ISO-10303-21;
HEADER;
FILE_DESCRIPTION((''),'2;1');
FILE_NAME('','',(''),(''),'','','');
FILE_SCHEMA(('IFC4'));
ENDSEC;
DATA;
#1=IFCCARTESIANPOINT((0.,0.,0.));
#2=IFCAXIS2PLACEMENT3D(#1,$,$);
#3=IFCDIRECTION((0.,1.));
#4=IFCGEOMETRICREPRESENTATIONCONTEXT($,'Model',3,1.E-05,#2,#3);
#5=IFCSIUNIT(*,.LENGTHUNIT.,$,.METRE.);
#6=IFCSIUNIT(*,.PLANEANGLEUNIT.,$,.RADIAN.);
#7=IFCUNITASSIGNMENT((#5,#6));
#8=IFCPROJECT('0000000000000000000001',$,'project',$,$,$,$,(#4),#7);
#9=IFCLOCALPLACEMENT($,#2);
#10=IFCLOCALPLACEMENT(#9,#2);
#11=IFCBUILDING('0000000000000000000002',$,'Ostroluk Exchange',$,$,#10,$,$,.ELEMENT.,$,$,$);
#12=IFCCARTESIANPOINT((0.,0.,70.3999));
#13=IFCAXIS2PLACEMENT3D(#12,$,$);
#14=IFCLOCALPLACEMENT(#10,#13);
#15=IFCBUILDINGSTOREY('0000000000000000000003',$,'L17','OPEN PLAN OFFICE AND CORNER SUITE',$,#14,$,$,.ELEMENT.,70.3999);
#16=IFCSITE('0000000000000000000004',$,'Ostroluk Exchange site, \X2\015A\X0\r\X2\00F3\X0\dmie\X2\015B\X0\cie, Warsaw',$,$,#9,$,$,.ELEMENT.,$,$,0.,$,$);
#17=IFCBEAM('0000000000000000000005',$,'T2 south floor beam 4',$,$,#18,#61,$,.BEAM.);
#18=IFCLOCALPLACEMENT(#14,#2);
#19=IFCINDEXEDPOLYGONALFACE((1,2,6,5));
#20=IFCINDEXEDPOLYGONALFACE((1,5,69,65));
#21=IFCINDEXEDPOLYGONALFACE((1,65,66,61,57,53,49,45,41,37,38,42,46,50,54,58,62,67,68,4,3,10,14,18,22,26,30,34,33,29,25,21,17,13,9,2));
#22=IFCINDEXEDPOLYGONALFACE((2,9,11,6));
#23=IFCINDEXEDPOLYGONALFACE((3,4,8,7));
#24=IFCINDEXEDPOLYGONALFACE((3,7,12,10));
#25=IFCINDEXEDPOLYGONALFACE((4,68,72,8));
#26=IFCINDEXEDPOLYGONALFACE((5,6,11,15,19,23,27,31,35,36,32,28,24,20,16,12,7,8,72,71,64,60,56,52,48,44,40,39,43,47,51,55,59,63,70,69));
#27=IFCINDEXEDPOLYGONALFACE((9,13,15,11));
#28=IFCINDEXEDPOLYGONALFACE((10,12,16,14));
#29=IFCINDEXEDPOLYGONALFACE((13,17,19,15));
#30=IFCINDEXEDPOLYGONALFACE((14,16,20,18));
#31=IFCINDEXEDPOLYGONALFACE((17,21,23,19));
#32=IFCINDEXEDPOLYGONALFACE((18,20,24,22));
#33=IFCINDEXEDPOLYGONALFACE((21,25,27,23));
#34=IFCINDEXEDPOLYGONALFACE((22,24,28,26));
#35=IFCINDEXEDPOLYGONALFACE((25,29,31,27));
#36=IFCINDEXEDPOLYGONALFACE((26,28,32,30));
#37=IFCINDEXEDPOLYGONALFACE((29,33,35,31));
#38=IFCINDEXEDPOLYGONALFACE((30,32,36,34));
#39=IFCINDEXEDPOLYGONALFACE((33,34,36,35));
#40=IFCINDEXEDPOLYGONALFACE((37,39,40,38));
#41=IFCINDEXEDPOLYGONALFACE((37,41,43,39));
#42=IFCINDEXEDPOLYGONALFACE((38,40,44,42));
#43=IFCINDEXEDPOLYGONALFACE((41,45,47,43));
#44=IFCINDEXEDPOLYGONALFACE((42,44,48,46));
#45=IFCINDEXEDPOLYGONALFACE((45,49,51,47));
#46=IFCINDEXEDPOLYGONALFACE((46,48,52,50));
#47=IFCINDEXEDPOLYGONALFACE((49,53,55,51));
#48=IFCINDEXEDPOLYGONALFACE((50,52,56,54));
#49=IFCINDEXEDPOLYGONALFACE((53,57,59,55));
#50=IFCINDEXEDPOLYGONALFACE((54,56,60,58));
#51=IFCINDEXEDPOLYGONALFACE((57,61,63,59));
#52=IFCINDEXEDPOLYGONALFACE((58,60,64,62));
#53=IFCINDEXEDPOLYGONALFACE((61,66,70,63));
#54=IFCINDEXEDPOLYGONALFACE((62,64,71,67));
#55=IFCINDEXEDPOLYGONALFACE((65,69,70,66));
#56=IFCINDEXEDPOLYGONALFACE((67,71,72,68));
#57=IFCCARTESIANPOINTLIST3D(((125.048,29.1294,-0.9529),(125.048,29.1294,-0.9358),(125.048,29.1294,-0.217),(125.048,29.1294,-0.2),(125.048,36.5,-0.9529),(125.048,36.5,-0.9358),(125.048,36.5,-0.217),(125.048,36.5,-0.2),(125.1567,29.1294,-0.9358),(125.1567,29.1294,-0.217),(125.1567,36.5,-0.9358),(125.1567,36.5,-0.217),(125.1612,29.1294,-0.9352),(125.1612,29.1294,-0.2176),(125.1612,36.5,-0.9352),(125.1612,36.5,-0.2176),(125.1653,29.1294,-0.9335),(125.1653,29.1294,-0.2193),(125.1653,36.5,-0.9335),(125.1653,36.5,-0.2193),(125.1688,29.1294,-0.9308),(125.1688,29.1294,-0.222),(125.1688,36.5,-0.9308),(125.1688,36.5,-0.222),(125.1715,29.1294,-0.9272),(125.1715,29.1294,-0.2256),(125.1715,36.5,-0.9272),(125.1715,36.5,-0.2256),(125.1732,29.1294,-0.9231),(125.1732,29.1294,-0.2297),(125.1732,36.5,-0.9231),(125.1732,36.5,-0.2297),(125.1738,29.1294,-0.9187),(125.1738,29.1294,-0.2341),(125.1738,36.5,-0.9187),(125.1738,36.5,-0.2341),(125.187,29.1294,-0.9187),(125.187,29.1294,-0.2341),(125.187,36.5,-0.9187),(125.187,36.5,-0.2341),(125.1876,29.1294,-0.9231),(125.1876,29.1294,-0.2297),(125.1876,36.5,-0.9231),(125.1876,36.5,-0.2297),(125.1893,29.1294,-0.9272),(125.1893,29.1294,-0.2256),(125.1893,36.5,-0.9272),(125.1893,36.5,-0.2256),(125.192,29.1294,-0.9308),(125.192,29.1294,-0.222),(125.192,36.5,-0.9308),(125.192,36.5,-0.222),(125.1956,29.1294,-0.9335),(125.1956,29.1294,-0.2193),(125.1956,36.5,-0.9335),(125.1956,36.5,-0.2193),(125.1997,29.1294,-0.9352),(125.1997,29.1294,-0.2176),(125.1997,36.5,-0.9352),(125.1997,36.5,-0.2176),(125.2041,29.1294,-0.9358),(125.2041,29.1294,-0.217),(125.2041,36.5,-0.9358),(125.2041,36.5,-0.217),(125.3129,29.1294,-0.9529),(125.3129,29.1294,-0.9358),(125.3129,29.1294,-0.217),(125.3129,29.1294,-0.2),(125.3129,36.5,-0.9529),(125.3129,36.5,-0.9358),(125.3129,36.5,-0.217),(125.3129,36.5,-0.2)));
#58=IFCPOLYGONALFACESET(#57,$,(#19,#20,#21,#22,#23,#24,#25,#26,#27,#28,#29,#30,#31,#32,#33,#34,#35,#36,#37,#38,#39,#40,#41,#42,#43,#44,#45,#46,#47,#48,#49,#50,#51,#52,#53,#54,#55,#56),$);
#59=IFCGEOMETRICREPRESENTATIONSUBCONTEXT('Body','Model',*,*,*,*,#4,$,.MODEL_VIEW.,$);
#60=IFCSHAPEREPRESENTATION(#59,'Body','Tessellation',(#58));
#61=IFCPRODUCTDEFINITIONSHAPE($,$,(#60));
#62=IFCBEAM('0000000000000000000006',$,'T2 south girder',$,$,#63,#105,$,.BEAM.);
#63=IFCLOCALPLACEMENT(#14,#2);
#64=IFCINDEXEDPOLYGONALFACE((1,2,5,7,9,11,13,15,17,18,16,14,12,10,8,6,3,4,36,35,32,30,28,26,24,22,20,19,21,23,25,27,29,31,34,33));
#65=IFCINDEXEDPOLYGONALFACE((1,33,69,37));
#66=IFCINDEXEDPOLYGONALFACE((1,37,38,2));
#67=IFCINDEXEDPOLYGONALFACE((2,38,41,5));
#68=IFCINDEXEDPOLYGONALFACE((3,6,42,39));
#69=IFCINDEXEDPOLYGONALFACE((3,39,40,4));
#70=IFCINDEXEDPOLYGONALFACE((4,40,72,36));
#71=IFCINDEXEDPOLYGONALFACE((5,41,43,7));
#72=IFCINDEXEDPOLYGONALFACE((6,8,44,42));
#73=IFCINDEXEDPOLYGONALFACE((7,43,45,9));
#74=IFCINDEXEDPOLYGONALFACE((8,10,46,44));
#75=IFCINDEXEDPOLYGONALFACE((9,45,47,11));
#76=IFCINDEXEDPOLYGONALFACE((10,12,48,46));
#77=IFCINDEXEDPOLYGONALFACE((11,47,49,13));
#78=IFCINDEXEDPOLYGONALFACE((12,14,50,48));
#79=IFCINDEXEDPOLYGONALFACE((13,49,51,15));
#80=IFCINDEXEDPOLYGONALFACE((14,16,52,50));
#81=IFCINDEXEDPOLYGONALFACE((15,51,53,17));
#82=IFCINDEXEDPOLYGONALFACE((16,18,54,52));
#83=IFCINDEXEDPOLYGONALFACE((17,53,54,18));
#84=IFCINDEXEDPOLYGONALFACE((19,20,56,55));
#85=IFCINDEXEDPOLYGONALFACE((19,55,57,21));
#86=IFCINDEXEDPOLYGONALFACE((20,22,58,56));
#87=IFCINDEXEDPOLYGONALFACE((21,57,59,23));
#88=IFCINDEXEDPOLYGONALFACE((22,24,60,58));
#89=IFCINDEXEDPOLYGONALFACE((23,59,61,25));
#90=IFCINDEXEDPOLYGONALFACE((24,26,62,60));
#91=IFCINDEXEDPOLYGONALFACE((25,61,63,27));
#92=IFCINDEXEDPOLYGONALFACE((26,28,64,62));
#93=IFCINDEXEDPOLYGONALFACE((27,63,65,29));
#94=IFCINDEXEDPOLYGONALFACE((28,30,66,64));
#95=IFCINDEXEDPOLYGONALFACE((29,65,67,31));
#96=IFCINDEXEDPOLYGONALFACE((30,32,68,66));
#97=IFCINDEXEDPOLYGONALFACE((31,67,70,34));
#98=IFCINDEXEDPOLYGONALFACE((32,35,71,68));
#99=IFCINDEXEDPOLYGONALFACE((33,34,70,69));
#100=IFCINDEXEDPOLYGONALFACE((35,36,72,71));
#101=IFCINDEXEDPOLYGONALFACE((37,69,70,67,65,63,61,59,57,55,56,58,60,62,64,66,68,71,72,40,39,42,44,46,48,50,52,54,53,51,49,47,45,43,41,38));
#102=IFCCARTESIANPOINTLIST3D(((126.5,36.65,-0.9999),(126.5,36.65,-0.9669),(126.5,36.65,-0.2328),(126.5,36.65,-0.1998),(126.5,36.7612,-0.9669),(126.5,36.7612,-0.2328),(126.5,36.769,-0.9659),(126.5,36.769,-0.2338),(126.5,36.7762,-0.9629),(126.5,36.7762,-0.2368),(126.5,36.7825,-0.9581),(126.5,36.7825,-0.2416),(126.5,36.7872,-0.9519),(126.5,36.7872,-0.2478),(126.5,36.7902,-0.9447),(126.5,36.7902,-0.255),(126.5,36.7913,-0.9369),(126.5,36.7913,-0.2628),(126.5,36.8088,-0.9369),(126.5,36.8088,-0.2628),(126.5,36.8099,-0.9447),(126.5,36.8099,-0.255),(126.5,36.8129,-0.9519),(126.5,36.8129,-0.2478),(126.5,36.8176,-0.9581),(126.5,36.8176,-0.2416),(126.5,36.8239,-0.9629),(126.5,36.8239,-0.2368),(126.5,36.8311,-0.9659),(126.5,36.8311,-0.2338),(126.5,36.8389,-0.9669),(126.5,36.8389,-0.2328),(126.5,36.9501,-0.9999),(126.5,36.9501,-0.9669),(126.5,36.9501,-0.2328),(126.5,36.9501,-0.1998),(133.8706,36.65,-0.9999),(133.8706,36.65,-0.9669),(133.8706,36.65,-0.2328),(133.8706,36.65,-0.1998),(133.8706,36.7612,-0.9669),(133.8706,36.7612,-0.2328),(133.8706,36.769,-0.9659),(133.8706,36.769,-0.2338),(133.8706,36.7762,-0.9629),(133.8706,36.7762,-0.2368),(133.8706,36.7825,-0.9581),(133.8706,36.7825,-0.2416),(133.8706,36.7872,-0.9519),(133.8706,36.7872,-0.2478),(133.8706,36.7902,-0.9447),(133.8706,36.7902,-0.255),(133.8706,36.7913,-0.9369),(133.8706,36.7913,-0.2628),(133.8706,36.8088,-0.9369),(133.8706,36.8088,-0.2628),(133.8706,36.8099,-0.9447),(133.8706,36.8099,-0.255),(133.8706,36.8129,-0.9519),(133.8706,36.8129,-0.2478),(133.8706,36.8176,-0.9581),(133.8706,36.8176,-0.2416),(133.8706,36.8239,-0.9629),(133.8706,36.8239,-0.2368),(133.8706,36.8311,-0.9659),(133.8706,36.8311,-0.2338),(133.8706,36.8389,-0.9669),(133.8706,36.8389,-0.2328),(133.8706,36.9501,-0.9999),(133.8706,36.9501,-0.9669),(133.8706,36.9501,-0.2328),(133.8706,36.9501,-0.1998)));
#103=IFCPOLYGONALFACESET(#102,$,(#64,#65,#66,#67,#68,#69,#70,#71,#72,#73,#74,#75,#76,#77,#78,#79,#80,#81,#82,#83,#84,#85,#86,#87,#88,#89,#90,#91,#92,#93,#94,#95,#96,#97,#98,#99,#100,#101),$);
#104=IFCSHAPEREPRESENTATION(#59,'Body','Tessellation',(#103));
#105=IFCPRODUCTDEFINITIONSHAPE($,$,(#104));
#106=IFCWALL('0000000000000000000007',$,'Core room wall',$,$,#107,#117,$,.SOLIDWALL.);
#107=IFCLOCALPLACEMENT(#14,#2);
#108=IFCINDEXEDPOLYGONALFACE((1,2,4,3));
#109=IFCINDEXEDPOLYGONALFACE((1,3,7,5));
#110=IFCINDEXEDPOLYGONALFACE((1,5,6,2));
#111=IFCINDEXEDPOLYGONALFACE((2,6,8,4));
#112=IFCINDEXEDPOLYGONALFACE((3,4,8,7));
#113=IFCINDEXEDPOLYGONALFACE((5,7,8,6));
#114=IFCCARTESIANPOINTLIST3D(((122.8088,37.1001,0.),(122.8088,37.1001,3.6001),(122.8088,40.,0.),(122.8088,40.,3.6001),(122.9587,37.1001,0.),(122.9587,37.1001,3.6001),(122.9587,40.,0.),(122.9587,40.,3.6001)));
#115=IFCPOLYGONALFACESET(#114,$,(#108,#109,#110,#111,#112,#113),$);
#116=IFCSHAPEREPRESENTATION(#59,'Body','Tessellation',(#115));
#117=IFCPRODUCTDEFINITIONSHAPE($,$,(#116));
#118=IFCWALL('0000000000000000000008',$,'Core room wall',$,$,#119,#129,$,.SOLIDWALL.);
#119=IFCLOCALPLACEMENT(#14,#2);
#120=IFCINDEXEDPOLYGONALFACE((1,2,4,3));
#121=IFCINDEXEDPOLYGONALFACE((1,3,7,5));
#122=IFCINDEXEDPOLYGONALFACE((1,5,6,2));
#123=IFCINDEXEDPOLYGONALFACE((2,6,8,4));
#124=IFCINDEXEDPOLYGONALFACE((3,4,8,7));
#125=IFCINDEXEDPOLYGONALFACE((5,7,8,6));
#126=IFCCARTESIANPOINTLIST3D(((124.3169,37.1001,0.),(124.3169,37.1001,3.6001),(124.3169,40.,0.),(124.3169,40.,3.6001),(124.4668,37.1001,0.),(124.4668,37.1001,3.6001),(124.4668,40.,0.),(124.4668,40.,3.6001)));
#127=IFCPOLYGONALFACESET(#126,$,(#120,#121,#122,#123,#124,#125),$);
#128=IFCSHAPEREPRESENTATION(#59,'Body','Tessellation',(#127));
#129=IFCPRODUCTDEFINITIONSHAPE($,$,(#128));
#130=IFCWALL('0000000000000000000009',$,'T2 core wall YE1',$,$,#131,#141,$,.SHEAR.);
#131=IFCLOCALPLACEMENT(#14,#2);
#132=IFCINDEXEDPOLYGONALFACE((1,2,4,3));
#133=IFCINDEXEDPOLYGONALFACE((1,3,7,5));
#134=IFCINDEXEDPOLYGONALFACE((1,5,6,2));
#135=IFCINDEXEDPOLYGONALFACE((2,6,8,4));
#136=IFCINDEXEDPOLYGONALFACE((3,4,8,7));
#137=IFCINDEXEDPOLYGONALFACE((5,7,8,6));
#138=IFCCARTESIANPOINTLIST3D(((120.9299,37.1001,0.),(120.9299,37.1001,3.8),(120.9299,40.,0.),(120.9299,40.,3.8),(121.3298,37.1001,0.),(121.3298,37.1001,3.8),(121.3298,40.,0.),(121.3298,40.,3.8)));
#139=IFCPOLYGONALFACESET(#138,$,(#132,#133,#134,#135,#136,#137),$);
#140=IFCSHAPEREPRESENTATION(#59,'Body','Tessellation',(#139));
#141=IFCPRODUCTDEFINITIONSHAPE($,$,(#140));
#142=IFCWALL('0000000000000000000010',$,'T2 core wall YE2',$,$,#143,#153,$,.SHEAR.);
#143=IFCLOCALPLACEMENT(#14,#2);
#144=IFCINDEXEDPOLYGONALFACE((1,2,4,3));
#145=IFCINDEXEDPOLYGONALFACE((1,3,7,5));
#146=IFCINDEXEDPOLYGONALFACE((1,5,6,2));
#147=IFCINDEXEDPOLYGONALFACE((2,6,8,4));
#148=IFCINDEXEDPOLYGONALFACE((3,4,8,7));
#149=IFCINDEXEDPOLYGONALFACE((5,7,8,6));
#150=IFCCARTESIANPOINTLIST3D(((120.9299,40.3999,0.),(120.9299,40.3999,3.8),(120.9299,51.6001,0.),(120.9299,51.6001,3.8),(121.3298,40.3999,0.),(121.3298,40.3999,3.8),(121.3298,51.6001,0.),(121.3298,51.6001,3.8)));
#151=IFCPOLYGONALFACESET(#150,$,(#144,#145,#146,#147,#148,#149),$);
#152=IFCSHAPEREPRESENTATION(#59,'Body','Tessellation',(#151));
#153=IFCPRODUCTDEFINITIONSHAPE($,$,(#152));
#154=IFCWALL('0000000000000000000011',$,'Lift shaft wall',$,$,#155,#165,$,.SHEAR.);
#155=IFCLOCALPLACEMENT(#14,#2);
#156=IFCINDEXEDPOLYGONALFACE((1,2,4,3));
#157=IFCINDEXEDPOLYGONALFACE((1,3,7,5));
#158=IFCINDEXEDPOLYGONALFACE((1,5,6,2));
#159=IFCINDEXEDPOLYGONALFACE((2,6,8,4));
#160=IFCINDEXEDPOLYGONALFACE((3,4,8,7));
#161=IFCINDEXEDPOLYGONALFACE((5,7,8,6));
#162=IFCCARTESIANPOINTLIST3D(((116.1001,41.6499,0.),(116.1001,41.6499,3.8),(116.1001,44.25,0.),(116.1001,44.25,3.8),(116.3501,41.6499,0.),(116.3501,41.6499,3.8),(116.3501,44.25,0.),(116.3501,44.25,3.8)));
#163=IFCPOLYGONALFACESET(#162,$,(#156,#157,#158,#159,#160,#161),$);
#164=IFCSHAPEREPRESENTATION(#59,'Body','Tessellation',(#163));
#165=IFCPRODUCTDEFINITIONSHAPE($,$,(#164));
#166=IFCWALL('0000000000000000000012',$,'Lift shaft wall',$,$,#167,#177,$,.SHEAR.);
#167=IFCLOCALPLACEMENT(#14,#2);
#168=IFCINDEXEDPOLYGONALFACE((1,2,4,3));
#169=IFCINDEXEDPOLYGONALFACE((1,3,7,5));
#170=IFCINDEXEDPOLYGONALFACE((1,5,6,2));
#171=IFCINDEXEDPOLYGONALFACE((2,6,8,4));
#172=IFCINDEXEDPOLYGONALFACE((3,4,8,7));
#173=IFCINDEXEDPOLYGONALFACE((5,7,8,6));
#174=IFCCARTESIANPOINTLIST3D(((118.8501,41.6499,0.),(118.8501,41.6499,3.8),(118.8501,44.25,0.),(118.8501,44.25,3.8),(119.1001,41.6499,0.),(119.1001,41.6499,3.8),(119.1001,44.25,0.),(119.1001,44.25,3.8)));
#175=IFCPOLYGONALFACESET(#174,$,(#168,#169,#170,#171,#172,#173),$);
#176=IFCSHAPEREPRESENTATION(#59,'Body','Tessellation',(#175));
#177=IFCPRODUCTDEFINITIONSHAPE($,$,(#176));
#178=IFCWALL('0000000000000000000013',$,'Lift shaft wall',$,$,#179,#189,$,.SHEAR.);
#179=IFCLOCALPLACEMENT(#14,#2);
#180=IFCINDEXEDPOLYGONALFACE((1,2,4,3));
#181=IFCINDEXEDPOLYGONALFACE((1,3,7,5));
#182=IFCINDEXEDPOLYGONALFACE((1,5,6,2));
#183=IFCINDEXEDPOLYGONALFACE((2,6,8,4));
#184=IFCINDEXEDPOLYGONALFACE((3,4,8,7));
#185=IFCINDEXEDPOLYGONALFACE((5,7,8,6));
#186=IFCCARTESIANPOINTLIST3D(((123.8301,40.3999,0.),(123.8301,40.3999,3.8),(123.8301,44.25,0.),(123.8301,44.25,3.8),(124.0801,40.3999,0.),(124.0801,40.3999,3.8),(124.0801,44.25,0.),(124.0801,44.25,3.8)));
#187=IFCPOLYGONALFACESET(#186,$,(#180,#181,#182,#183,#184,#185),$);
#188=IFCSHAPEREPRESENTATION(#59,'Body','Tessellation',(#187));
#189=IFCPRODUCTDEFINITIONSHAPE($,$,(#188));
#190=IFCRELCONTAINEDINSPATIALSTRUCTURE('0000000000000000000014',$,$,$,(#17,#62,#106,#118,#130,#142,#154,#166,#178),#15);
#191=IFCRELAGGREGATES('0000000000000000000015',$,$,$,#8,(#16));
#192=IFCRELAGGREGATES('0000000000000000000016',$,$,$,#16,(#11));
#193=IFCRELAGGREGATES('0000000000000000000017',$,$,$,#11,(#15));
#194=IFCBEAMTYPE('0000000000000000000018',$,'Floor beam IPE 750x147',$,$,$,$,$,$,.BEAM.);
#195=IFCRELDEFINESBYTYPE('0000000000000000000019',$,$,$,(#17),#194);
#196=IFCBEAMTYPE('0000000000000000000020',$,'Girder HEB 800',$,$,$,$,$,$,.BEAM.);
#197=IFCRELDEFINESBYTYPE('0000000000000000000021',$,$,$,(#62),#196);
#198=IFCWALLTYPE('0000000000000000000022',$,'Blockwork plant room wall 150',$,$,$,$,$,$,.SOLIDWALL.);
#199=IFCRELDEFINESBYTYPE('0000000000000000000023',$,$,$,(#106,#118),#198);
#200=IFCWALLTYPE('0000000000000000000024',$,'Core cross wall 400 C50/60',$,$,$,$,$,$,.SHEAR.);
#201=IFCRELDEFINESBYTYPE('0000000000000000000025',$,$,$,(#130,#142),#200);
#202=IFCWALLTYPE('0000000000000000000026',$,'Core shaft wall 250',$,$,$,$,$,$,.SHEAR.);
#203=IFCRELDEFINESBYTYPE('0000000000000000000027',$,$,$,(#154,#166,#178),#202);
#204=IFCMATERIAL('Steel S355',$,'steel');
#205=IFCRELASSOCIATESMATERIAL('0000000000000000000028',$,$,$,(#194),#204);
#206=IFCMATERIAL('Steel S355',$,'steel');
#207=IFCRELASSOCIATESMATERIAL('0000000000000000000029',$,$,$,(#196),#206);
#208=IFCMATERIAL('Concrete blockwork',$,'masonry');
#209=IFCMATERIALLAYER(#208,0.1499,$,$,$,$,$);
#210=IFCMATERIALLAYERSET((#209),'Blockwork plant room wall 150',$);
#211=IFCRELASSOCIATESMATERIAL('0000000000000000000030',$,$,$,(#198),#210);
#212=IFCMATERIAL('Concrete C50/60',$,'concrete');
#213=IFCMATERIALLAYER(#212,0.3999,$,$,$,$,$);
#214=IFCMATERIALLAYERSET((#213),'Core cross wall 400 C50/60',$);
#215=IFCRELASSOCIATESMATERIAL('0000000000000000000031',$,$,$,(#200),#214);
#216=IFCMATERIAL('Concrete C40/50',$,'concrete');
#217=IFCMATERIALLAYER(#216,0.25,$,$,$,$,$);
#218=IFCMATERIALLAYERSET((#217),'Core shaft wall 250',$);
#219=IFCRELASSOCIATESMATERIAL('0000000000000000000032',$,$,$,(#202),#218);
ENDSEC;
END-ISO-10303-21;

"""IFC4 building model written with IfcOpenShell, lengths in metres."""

from ifc_helpers import new_model, si_unit, direction, frame, frame_2d, origin, origin_2d, place, context, subcontext, project, spatial, rectangle, i_section, extrude, material, layer, layer_set, material_profile, profile_set, type_object, element, save


model = new_model("IFC4")

# Units and contexts
model_context = context("Model", 3, precision=1e-05, world=origin(), true_north=direction((0.0, 1.0)))
body_context = subcontext(model_context, "Body", "Model", "MODEL_VIEW")
ifc_project = project(units=[si_unit("LENGTHUNIT", "METRE"), si_unit("PLANEANGLEUNIT", "RADIAN")], contexts=[model_context])

# Site, building, storey
site_placement = place(None, origin())
site = spatial("IfcSite", under=ifc_project, at=site_placement, Name="Ostroluk Exchange site, Śródmieście, Warsaw", CompositionType="ELEMENT", RefElevation=0.0)
building_placement = place(site_placement, origin())
building = spatial("IfcBuilding", under=site, at=building_placement, Name="Ostroluk Exchange", CompositionType="ELEMENT")
storey_placement = place(building_placement, frame((0.0, 0.0, 70.3999)))
storey = spatial("IfcBuildingStorey", under=building, at=storey_placement, Name="L17", Description="OPEN PLAN OFFICE AND CORNER SUITE", CompositionType="ELEMENT", Elevation=70.3999)

# Beams
ifc_material_1 = material(Name="Steel S355", Category="steel")
ifc_material_profile_1 = material_profile(ifc_material_1, i_section(OverallWidth=0.2649, OverallDepth=0.7529, WebThickness=0.0132, FlangeThickness=0.0171, FilletRadius=0.0171, at=origin_2d()), Name="IPE 750x147")
ifc_profile_set_1 = profile_set([ifc_material_profile_1], Name="Steel S355")
beam_type_1 = type_object("IfcBeamType", Name="Floor beam IPE 750x147", PredefinedType="BEAM", material=ifc_profile_set_1)
for number, where, z_axis, x_axis, name in (
    (1, (125.1804, 36.5, -0.5764), (0.0, -1.0, 0.0), (1.0, 0.0, 0.0), "T2 south floor beam 4"),
):
    element("IfcBeam", number, at=place(storey_placement, frame(where, z_axis=z_axis, x_axis=x_axis)), inside=storey, type_object=beam_type_1, Name=name, PredefinedType="BEAM", context=body_context, shape_type="SweptSolid", body=[
        extrude(i_section(OverallWidth=0.2649, OverallDepth=0.7529, WebThickness=0.0132, FlangeThickness=0.0171, FilletRadius=0.0171, at=origin_2d()), origin(), (0.0, 0.0, 1.0), 7.3706),
    ])
ifc_material_2 = material(Name="Steel S355", Category="steel")
ifc_material_profile_2 = material_profile(ifc_material_2, i_section(OverallWidth=0.3, OverallDepth=0.8, WebThickness=0.0176, FlangeThickness=0.033, FilletRadius=0.03, at=origin_2d()), Name="HEB 800")
ifc_profile_set_2 = profile_set([ifc_material_profile_2], Name="Steel S355")
beam_type_2 = type_object("IfcBeamType", Name="Girder HEB 800", PredefinedType="BEAM", material=ifc_profile_set_2)
beam_placement = place(storey_placement, frame((126.5, 36.8, -0.5999), z_axis=(1.0, 0.0, 0.0), x_axis=(0.0, 1.0, 0.0)))
element("IfcBeam", 2, at=beam_placement, inside=storey, type_object=beam_type_2, Name="T2 south girder", PredefinedType="BEAM", context=body_context, shape_type="SweptSolid", body=[
    extrude(i_section(OverallWidth=0.3, OverallDepth=0.8, WebThickness=0.0176, FlangeThickness=0.033, FilletRadius=0.03, at=origin_2d()), origin(), (0.0, 0.0, 1.0), 7.3706),
])

# Walls
ifc_material_3 = material(Name="Concrete blockwork", Category="masonry")
ifc_layer_1 = layer(ifc_material_3, 0.1499)
ifc_layer_set_1 = layer_set([ifc_layer_1], Name="Blockwork plant room wall 150")
wall_type_1 = type_object("IfcWallType", Name="Blockwork plant room wall 150", PredefinedType="SOLIDWALL", material=ifc_layer_set_1)
for number, where, z_axis, x_axis, name in (
    (3, (122.8838, 37.1001, 0.0), (0.0, 0.0, 1.0), (0.0, 1.0, 0.0), "Core room wall"),
    (4, (124.3918, 37.1001, 0.0), (0.0, 0.0, 1.0), (0.0, 1.0, 0.0), "Core room wall"),
):
    element("IfcWall", number, at=place(storey_placement, frame(where, z_axis=z_axis, x_axis=x_axis)), inside=storey, type_object=wall_type_1, Name=name, PredefinedType="SOLIDWALL", context=body_context, shape_type="SweptSolid", body=[
        extrude(rectangle(XDim=2.8999, YDim=0.1499, at=frame_2d((1.45, 0.0))), origin(), (0.0, 0.0, 1.0), 3.6001),
    ])
ifc_material_4 = material(Name="Concrete C50/60", Category="concrete")
ifc_layer_2 = layer(ifc_material_4, 0.3999)
ifc_layer_set_2 = layer_set([ifc_layer_2], Name="Core cross wall 400 C50/60")
wall_type_2 = type_object("IfcWallType", Name="Core cross wall 400 C50/60", PredefinedType="SHEAR", material=ifc_layer_set_2)
wall_1_placement = place(storey_placement, frame((121.1299, 37.1001, 0.0), z_axis=(0.0, 0.0, 1.0), x_axis=(0.0, 1.0, 0.0)))
element("IfcWall", 5, at=wall_1_placement, inside=storey, type_object=wall_type_2, Name="T2 core wall YE1", PredefinedType="SHEAR", context=body_context, shape_type="SweptSolid", body=[
    extrude(rectangle(XDim=2.8999, YDim=0.3999, at=frame_2d((1.45, 0.0))), origin(), (0.0, 0.0, 1.0), 3.8),
])
wall_2_placement = place(storey_placement, frame((121.1299, 40.3999, 0.0), z_axis=(0.0, 0.0, 1.0), x_axis=(0.0, 1.0, 0.0)))
element("IfcWall", 6, at=wall_2_placement, inside=storey, type_object=wall_type_2, Name="T2 core wall YE2", PredefinedType="SHEAR", context=body_context, shape_type="SweptSolid", body=[
    extrude(rectangle(XDim=11.2002, YDim=0.3999, at=frame_2d((5.6001, 0.0))), origin(), (0.0, 0.0, 1.0), 3.8),
])
ifc_material_5 = material(Name="Concrete C40/50", Category="concrete")
ifc_layer_3 = layer(ifc_material_5, 0.25)
ifc_layer_set_3 = layer_set([ifc_layer_3], Name="Core shaft wall 250")
wall_type_3 = type_object("IfcWallType", Name="Core shaft wall 250", PredefinedType="SHEAR", material=ifc_layer_set_3)
for number, where, z_axis, x_axis, name in (
    (7, (116.2251, 44.25, 0.0), (0.0, 0.0, 1.0), (0.0, -1.0, 0.0), "Lift shaft wall"),
    (8, (118.9751, 44.25, 0.0), (0.0, 0.0, 1.0), (0.0, -1.0, 0.0), "Lift shaft wall"),
):
    element("IfcWall", number, at=place(storey_placement, frame(where, z_axis=z_axis, x_axis=x_axis)), inside=storey, type_object=wall_type_3, Name=name, PredefinedType="SHEAR", context=body_context, shape_type="SweptSolid", body=[
        extrude(rectangle(XDim=2.6001, YDim=0.25, at=frame_2d((1.3, 0.0))), origin(), (0.0, 0.0, 1.0), 3.8),
    ])
wall_3_placement = place(storey_placement, frame((123.9551, 44.25, 0.0), z_axis=(0.0, 0.0, 1.0), x_axis=(0.0, -1.0, 0.0)))
element("IfcWall", 9, at=wall_3_placement, inside=storey, type_object=wall_type_3, Name="Lift shaft wall", PredefinedType="SHEAR", context=body_context, shape_type="SweptSolid", body=[
    extrude(rectangle(XDim=3.8501, YDim=0.25, at=frame_2d((1.925, 0.0))), origin(), (0.0, 0.0, 1.0), 3.8),
])

save(model, "model.ifc")
